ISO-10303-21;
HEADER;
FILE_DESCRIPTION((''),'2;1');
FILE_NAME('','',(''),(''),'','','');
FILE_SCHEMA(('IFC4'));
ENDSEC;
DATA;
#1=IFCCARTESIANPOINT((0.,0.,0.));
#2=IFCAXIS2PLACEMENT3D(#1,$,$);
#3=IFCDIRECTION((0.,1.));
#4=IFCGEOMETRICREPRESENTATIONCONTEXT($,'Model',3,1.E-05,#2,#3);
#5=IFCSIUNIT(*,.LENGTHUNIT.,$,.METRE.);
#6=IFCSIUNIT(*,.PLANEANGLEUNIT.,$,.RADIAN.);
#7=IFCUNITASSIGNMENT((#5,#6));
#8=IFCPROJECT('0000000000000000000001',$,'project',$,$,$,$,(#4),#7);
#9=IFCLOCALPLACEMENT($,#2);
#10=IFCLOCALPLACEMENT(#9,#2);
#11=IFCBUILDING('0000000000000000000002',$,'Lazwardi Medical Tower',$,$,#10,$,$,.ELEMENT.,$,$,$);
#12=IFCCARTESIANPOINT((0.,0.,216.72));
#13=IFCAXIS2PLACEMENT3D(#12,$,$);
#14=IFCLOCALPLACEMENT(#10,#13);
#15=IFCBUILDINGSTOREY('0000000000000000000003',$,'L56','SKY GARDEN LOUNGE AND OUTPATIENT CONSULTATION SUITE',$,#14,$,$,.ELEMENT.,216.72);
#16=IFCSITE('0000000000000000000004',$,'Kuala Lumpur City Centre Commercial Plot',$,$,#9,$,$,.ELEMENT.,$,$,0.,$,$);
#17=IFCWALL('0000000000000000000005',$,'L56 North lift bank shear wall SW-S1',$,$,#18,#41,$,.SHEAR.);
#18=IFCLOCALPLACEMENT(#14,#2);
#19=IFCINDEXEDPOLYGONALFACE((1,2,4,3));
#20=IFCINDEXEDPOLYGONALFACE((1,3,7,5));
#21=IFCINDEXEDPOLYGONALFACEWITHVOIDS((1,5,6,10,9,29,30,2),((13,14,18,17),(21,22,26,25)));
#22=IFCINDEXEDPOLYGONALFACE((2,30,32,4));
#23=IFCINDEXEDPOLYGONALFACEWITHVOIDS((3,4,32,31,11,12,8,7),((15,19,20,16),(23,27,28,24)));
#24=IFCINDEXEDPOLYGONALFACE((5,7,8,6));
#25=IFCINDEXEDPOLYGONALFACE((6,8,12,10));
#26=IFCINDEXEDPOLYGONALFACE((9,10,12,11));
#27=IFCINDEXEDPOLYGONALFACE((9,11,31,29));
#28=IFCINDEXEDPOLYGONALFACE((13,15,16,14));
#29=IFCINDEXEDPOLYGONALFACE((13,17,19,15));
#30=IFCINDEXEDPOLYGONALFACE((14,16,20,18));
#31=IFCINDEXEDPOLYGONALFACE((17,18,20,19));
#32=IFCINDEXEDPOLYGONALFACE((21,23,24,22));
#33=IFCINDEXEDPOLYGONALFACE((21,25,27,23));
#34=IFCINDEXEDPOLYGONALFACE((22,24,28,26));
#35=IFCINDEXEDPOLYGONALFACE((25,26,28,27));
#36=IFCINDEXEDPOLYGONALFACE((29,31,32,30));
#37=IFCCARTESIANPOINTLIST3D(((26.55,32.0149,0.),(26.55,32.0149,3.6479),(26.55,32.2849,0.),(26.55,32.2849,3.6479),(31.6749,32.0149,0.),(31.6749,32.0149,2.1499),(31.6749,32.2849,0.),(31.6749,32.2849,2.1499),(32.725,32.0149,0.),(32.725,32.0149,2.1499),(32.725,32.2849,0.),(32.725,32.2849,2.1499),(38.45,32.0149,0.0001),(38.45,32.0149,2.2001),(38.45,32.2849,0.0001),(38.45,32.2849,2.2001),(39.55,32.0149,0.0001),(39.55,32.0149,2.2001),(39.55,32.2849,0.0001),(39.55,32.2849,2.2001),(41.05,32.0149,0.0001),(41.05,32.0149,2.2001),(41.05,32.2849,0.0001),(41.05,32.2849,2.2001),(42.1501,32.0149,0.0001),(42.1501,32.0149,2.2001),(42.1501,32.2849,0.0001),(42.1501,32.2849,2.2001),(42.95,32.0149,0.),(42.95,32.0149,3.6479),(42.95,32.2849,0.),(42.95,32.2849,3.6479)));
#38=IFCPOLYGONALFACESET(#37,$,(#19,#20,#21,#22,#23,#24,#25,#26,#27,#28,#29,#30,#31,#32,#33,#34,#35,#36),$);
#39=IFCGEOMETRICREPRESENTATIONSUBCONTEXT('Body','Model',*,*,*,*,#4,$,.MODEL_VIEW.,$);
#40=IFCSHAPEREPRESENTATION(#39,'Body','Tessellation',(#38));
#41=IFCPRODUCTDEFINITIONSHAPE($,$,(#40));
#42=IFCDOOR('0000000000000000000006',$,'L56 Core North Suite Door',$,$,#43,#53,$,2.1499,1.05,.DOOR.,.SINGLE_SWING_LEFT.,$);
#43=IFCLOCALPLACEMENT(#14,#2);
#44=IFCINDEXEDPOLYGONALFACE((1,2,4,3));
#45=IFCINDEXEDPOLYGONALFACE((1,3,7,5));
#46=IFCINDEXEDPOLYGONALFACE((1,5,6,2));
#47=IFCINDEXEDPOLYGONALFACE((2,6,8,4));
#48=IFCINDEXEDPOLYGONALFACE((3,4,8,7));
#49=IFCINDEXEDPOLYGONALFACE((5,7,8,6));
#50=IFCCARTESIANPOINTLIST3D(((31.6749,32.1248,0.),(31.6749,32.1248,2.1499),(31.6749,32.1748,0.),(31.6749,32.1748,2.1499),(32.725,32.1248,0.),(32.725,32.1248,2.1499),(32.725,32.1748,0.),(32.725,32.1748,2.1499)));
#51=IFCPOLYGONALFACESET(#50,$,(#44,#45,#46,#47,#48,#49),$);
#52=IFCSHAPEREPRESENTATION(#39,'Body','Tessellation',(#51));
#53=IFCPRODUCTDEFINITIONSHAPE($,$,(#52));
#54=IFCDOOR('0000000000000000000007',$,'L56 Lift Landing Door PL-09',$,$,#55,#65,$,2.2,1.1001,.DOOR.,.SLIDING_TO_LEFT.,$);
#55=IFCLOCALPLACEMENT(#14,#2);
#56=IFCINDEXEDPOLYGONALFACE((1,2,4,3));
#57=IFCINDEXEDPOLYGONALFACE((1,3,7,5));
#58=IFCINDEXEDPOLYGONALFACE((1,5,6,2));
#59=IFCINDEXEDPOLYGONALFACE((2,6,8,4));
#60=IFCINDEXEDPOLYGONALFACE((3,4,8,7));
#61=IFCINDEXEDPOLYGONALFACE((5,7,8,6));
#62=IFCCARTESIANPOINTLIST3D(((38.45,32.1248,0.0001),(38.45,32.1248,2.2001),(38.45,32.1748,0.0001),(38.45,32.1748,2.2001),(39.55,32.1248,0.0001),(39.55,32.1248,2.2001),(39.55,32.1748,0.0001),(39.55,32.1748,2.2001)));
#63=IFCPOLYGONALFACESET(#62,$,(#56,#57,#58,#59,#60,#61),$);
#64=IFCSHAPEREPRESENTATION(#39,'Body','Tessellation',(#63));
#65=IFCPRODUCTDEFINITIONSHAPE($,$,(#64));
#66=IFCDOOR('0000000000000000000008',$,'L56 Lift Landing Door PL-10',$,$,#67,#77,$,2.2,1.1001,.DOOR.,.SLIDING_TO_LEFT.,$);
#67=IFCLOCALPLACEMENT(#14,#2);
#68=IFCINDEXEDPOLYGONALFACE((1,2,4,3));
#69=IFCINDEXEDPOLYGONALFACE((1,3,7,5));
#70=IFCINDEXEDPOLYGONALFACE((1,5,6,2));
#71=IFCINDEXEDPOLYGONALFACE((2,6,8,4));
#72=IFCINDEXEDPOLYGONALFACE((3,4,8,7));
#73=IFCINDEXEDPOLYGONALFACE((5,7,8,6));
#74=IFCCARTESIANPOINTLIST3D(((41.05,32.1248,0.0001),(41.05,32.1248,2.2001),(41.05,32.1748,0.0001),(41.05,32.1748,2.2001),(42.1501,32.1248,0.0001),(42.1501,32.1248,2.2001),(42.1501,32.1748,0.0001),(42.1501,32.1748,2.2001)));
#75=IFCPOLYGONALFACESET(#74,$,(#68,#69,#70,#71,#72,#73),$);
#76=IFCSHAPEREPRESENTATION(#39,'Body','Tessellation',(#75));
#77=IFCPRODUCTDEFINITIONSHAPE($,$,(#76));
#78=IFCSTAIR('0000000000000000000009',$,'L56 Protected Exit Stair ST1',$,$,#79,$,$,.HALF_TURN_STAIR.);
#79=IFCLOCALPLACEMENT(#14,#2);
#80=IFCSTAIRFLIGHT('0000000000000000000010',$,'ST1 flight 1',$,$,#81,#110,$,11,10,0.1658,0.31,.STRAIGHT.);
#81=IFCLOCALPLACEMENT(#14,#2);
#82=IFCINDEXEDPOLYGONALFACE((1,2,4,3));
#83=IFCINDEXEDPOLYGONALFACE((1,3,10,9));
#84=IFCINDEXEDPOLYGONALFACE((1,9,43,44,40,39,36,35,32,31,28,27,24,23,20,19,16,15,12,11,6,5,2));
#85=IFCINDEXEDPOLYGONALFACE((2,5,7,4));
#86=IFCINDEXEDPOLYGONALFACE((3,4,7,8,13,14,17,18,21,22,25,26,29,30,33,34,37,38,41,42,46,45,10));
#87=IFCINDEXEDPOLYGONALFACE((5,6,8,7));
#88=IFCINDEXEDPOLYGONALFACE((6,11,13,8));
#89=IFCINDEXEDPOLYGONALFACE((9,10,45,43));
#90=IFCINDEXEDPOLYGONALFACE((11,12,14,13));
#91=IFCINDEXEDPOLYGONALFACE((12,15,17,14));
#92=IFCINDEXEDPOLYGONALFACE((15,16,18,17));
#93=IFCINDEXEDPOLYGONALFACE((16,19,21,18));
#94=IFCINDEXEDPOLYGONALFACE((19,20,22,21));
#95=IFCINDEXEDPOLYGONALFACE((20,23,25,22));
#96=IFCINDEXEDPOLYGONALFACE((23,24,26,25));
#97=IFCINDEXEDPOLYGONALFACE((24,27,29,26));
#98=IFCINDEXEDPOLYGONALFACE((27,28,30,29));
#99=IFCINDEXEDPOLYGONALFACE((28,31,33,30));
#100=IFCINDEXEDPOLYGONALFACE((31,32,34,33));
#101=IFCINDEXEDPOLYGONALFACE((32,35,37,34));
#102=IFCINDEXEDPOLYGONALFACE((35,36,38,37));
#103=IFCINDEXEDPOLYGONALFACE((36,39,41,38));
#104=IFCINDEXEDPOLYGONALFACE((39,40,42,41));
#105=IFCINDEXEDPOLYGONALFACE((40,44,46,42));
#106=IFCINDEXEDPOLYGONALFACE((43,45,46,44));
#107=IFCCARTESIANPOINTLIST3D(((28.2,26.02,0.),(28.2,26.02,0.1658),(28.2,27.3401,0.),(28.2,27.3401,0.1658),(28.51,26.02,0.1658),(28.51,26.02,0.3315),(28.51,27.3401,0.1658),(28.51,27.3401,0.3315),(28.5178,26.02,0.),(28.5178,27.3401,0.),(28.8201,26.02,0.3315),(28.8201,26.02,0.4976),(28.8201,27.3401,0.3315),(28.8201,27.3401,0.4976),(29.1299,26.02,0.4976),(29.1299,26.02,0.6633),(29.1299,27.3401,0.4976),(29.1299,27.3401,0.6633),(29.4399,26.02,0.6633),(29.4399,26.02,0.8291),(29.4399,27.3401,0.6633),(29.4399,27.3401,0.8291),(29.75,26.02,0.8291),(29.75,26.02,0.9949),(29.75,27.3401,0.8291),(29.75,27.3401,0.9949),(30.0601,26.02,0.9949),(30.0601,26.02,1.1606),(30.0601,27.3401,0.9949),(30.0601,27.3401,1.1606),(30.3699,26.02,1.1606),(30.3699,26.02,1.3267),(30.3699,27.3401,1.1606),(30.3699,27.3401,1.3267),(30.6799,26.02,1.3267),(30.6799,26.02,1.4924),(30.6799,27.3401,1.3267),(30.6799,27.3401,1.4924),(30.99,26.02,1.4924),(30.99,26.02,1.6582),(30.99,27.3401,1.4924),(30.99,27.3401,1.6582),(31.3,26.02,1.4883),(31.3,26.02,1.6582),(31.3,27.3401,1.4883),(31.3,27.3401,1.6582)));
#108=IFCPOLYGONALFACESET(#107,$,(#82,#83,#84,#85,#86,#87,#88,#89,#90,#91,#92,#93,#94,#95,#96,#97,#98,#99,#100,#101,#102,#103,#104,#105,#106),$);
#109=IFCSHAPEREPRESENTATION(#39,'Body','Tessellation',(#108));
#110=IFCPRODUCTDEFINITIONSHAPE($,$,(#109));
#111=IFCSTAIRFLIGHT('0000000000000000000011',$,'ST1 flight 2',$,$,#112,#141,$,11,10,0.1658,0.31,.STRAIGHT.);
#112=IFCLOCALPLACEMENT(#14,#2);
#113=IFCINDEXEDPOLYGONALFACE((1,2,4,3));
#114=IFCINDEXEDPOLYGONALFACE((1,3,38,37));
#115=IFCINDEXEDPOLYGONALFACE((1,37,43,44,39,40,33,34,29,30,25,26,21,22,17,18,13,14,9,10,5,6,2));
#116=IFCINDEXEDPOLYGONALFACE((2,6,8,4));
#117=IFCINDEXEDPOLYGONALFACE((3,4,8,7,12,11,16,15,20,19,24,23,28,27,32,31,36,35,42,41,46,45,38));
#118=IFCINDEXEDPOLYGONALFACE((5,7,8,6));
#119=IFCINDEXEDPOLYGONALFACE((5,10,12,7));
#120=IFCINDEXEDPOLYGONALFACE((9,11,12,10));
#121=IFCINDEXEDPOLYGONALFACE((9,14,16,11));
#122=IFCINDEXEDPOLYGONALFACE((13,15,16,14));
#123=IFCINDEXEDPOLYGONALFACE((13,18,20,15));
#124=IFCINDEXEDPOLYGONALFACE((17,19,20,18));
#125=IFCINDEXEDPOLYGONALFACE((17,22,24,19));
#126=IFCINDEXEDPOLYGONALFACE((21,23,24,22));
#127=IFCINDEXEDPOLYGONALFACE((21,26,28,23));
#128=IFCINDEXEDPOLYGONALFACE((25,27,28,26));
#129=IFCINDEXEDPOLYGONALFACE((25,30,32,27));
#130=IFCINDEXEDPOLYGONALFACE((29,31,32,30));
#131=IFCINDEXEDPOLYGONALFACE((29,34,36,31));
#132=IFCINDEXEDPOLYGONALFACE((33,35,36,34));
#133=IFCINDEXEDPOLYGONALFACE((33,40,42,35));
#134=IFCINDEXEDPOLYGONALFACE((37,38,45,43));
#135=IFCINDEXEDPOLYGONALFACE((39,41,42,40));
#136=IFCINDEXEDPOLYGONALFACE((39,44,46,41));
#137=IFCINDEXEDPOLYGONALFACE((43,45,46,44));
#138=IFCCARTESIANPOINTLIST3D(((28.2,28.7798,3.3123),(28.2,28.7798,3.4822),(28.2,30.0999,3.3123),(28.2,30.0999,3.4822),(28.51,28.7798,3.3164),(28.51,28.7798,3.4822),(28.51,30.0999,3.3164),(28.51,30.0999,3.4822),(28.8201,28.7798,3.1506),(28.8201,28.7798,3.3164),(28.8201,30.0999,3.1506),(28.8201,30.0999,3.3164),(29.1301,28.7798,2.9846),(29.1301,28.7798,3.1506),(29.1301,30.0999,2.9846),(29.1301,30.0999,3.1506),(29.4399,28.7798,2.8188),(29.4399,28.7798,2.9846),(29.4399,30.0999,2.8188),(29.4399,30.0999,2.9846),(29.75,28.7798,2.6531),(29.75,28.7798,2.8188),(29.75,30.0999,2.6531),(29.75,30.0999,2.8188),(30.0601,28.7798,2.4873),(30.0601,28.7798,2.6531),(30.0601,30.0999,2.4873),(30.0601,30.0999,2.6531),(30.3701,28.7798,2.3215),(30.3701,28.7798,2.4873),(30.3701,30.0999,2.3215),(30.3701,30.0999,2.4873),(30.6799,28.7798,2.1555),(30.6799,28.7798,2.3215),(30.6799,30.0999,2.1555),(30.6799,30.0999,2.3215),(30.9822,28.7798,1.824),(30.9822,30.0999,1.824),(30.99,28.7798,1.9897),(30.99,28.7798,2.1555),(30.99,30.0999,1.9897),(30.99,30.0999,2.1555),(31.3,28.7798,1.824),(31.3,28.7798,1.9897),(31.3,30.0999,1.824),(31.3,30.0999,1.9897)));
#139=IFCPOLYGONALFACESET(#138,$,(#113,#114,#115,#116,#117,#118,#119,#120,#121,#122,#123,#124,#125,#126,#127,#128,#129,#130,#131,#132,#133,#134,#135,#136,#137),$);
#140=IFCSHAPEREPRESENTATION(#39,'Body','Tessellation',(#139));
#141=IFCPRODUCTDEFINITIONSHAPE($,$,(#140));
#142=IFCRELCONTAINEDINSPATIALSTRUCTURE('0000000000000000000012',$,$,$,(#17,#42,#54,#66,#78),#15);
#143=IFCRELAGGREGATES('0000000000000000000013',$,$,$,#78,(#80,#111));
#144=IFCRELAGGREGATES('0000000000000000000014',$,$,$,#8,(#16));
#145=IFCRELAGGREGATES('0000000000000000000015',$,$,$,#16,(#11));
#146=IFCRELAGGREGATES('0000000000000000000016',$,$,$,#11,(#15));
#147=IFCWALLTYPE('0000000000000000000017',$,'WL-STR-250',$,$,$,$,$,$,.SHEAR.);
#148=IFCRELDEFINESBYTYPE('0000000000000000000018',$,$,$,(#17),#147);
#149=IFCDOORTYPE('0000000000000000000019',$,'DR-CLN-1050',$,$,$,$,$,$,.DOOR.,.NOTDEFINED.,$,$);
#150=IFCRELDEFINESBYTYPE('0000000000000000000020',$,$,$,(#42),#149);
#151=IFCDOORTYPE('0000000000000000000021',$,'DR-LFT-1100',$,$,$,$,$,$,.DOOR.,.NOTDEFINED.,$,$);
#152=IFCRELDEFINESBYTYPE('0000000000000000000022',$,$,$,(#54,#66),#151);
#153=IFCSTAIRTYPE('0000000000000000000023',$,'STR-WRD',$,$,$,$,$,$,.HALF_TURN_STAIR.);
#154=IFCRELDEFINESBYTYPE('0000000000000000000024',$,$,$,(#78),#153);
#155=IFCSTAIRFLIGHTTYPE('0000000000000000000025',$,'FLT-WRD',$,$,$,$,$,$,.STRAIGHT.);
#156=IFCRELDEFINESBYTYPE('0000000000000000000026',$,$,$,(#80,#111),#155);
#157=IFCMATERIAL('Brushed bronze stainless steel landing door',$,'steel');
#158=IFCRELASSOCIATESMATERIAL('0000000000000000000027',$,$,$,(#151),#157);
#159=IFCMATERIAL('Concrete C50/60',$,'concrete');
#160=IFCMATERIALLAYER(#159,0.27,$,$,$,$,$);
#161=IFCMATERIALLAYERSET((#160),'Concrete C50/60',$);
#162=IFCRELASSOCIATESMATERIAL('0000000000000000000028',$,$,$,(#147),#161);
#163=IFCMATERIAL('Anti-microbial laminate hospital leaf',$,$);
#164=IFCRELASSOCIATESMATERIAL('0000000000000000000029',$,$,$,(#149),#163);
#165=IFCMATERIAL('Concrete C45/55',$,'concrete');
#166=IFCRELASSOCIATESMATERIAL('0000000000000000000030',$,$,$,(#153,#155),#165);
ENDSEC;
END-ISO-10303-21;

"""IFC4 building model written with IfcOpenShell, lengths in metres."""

from ifc_helpers import new_model, si_unit, direction, frame, frame_2d, origin, place, context, subcontext, project, spatial, polyline, rectangle, outline, extrude, material, layer, layer_set, type_object, element, fill, aggregate, save


model = new_model("IFC4")

# Units and contexts
model_context = context("Model", 3, precision=1e-05, world=origin(), true_north=direction((0.0, 1.0)))
body_context = subcontext(model_context, "Body", "Model", "MODEL_VIEW")
ifc_project = project(units=[si_unit("LENGTHUNIT", "METRE"), si_unit("PLANEANGLEUNIT", "RADIAN")], contexts=[model_context])

# Site, building, storey
site_placement = place(None, origin())
site = spatial("IfcSite", under=ifc_project, at=site_placement, Name="Kuala Lumpur City Centre Commercial Plot", CompositionType="ELEMENT", RefElevation=0.0)
building_placement = place(site_placement, origin())
building = spatial("IfcBuilding", under=site, at=building_placement, Name="Lazwardi Medical Tower", CompositionType="ELEMENT")
storey_placement = place(building_placement, frame((0.0, 0.0, 216.72)))
storey = spatial("IfcBuildingStorey", under=building, at=storey_placement, Name="L56", Description="SKY GARDEN LOUNGE AND OUTPATIENT CONSULTATION SUITE", CompositionType="ELEMENT", Elevation=216.72)

# Shared definitions
ifc_material_1 = material(Name="Anti-microbial laminate hospital leaf")
ifc_material_2 = material(Name="Brushed bronze stainless steel landing door", Category="steel")
door_type_1 = type_object("IfcDoorType", Name="DR-LFT-1100", OperationType="NOTDEFINED", PredefinedType="DOOR", material=ifc_material_2)

# Shared definitions
ifc_material_3 = material(Name="Concrete C50/60", Category="concrete")
ifc_layer_1 = layer(ifc_material_3, 0.27)
ifc_layer_set_1 = layer_set([ifc_layer_1], Name="Concrete C50/60")
wall_type_1 = type_object("IfcWallType", Name="WL-STR-250", PredefinedType="SHEAR", material=ifc_layer_set_1)

# Wall, openings, doors
wall_1_placement = place(storey_placement, frame((26.55, 32.1499, 0.0), z_axis=(0.0, 0.0, 1.0), x_axis=(1.0, 0.0, 0.0)))
wall_1 = element("IfcWall", 1, at=wall_1_placement, inside=storey, type_object=wall_type_1, Name="L56 North lift bank shear wall SW-S1", PredefinedType="SHEAR", context=body_context, shape_type="SweptSolid", body=[
    extrude(rectangle(XDim=16.3999, YDim=0.27, at=frame_2d((8.2, 0.0))), origin(), (0.0, 0.0, 1.0), 3.6479),
])
opening_1_placement = place(wall_1_placement, frame((5.125, 0.0, 0.0)))
opening_1 = element("IfcOpeningElement", 2, at=opening_1_placement, cuts=wall_1, PredefinedType="OPENING", context=body_context, shape_type="SweptSolid", body=[
    extrude(rectangle(XDim=1.05, YDim=2.1499, at=frame_2d((0.5249, 1.075))), frame((0.0, 0.145, 0.0), z_axis=(0.0, -1.0, 0.0), x_axis=(1.0, 0.0, 0.0)), (0.0, 0.0, 1.0), 0.29),
])
opening_2_placement = place(wall_1_placement, frame((11.8999, 0.0, 0.0)))
opening_2 = element("IfcOpeningElement", 3, at=opening_2_placement, cuts=wall_1, PredefinedType="OPENING", context=body_context, shape_type="SweptSolid", body=[
    extrude(rectangle(XDim=1.1001, YDim=2.2, at=frame_2d((0.55, 1.1001))), frame((0.0, 0.145, 0.0), z_axis=(0.0, -1.0, 0.0), x_axis=(1.0, 0.0, 0.0)), (0.0, 0.0, 1.0), 0.29),
])
opening_3_placement = place(wall_1_placement, frame((14.5, 0.0, 0.0)))
opening_3 = element("IfcOpeningElement", 4, at=opening_3_placement, cuts=wall_1, PredefinedType="OPENING", context=body_context, shape_type="SweptSolid", body=[
    extrude(rectangle(XDim=1.1001, YDim=2.2, at=frame_2d((0.55, 1.1001))), frame((0.0, 0.145, 0.0), z_axis=(0.0, -1.0, 0.0), x_axis=(1.0, 0.0, 0.0)), (0.0, 0.0, 1.0), 0.29),
])
door_type_2 = type_object("IfcDoorType", Name="DR-CLN-1050", OperationType="NOTDEFINED", PredefinedType="DOOR", material=ifc_material_1)
door_1_placement = place(opening_1_placement, origin())
door_1 = element("IfcDoor", 5, at=door_1_placement, inside=storey, type_object=door_type_2, Name="L56 Core North Suite Door", OperationType="SINGLE_SWING_LEFT", OverallHeight=2.1499, OverallWidth=1.05, PredefinedType="DOOR", context=body_context, shape_type="SweptSolid", body=[
    extrude(rectangle(XDim=1.05, YDim=2.1499, at=frame_2d((0.5249, 1.075))), frame((0.0, 0.0249, 0.0), z_axis=(0.0, -1.0, 0.0), x_axis=(1.0, 0.0, 0.0)), (0.0, 0.0, 1.0), 0.05),
])
fill(opening_1, door_1)
door_2_placement = place(opening_2_placement, origin())
door_2 = element("IfcDoor", 6, at=door_2_placement, inside=storey, type_object=door_type_1, Name="L56 Lift Landing Door PL-09", OperationType="SLIDING_TO_LEFT", OverallHeight=2.2, OverallWidth=1.1001, PredefinedType="DOOR", context=body_context, shape_type="SweptSolid", body=[
    extrude(rectangle(XDim=1.1001, YDim=2.2, at=frame_2d((0.55, 1.1001))), frame((0.0, 0.0249, 0.0), z_axis=(0.0, -1.0, 0.0), x_axis=(1.0, 0.0, 0.0)), (0.0, 0.0, 1.0), 0.05),
])
fill(opening_2, door_2)
door_3_placement = place(opening_3_placement, origin())
door_3 = element("IfcDoor", 7, at=door_3_placement, inside=storey, type_object=door_type_1, Name="L56 Lift Landing Door PL-10", OperationType="SLIDING_TO_LEFT", OverallHeight=2.2, OverallWidth=1.1001, PredefinedType="DOOR", context=body_context, shape_type="SweptSolid", body=[
    extrude(rectangle(XDim=1.1001, YDim=2.2, at=frame_2d((0.55, 1.1001))), frame((0.0, 0.0249, 0.0), z_axis=(0.0, -1.0, 0.0), x_axis=(1.0, 0.0, 0.0)), (0.0, 0.0, 1.0), 0.05),
])
fill(opening_3, door_3)

# Stair, stair flights
ifc_material_4 = material(Name="Concrete C45/55", Category="concrete")
stair_type = type_object("IfcStairType", Name="STR-WRD", PredefinedType="HALF_TURN_STAIR", material=ifc_material_4)
stair_placement = place(storey_placement, origin())
stair = element("IfcStair", 8, at=stair_placement, inside=storey, type_object=stair_type, Name="L56 Protected Exit Stair ST1", PredefinedType="HALF_TURN_STAIR")
stair_flight_type = type_object("IfcStairFlightType", Name="FLT-WRD", PredefinedType="STRAIGHT", material=ifc_material_4)
stair_flight_1_placement = place(storey_placement, frame((28.2, 26.6799, 0.0), z_axis=(0.0, 0.0, 1.0), x_axis=(1.0, 0.0, 0.0)))
stair_flight_1 = element("IfcStairFlight", 9, at=stair_flight_1_placement, type_object=stair_flight_type, Name="ST1 flight 1", NumberOfRisers=11, NumberOfTreads=10, PredefinedType="STRAIGHT", RiserHeight=0.1658, TreadLength=0.31, context=body_context, shape_type="SweptSolid", body=[
    extrude(outline(polyline([(0.0, 0.0), (0.0, 0.1658), (0.3101, 0.1658), (0.3101, 0.3315), (0.6201, 0.3315), (0.6201, 0.4976), (0.9299, 0.4976), (0.9299, 0.6633), (1.24, 0.6633), (1.24, 0.8291), (1.55, 0.8291), (1.55, 0.9949), (1.8601, 0.9949), (1.8601, 1.1606), (2.1699, 1.1606), (2.1699, 1.3267), (2.48, 1.3267), (2.48, 1.4924), (2.79, 1.4924), (2.79, 1.6582), (3.1001, 1.6582), (3.1001, 1.824), (3.1001, 1.4883), (0.3179, 0.0), (0.0, 0.0)])), frame((0.0, 0.6602, 0.0), z_axis=(0.0, -1.0, 0.0), x_axis=(1.0, 0.0, 0.0)), (0.0, 0.0, 1.0), 1.3201),
])
stair_flight_2_placement = place(storey_placement, frame((31.3, 29.4399, 1.824), z_axis=(0.0, 0.0, 1.0), x_axis=(-1.0, 0.0, 0.0)))
stair_flight_2 = element("IfcStairFlight", 10, at=stair_flight_2_placement, type_object=stair_flight_type, Name="ST1 flight 2", NumberOfRisers=11, NumberOfTreads=10, PredefinedType="STRAIGHT", RiserHeight=0.1658, TreadLength=0.31, context=body_context, shape_type="SweptSolid", body=[
    extrude(outline(polyline([(0.0, 0.0), (0.0, 0.1658), (0.3101, 0.1658), (0.3101, 0.3315), (0.6201, 0.3315), (0.6201, 0.4976), (0.9299, 0.4976), (0.9299, 0.6633), (1.24, 0.6633), (1.24, 0.8291), (1.55, 0.8291), (1.55, 0.9949), (1.8601, 0.9949), (1.8601, 1.1606), (2.1699, 1.1606), (2.1699, 1.3267), (2.48, 1.3267), (2.48, 1.4924), (2.79, 1.4924), (2.79, 1.6582), (3.1001, 1.6582), (3.1001, 1.824), (3.1001, 1.4883), (0.3179, 0.0), (0.0, 0.0)])), frame((0.0, 0.6602, 0.0), z_axis=(0.0, -1.0, 0.0), x_axis=(1.0, 0.0, 0.0)), (0.0, 0.0, 1.0), 1.3201),
])
aggregate(stair, [stair_flight_1, stair_flight_2])

save(model, "model.ifc")
